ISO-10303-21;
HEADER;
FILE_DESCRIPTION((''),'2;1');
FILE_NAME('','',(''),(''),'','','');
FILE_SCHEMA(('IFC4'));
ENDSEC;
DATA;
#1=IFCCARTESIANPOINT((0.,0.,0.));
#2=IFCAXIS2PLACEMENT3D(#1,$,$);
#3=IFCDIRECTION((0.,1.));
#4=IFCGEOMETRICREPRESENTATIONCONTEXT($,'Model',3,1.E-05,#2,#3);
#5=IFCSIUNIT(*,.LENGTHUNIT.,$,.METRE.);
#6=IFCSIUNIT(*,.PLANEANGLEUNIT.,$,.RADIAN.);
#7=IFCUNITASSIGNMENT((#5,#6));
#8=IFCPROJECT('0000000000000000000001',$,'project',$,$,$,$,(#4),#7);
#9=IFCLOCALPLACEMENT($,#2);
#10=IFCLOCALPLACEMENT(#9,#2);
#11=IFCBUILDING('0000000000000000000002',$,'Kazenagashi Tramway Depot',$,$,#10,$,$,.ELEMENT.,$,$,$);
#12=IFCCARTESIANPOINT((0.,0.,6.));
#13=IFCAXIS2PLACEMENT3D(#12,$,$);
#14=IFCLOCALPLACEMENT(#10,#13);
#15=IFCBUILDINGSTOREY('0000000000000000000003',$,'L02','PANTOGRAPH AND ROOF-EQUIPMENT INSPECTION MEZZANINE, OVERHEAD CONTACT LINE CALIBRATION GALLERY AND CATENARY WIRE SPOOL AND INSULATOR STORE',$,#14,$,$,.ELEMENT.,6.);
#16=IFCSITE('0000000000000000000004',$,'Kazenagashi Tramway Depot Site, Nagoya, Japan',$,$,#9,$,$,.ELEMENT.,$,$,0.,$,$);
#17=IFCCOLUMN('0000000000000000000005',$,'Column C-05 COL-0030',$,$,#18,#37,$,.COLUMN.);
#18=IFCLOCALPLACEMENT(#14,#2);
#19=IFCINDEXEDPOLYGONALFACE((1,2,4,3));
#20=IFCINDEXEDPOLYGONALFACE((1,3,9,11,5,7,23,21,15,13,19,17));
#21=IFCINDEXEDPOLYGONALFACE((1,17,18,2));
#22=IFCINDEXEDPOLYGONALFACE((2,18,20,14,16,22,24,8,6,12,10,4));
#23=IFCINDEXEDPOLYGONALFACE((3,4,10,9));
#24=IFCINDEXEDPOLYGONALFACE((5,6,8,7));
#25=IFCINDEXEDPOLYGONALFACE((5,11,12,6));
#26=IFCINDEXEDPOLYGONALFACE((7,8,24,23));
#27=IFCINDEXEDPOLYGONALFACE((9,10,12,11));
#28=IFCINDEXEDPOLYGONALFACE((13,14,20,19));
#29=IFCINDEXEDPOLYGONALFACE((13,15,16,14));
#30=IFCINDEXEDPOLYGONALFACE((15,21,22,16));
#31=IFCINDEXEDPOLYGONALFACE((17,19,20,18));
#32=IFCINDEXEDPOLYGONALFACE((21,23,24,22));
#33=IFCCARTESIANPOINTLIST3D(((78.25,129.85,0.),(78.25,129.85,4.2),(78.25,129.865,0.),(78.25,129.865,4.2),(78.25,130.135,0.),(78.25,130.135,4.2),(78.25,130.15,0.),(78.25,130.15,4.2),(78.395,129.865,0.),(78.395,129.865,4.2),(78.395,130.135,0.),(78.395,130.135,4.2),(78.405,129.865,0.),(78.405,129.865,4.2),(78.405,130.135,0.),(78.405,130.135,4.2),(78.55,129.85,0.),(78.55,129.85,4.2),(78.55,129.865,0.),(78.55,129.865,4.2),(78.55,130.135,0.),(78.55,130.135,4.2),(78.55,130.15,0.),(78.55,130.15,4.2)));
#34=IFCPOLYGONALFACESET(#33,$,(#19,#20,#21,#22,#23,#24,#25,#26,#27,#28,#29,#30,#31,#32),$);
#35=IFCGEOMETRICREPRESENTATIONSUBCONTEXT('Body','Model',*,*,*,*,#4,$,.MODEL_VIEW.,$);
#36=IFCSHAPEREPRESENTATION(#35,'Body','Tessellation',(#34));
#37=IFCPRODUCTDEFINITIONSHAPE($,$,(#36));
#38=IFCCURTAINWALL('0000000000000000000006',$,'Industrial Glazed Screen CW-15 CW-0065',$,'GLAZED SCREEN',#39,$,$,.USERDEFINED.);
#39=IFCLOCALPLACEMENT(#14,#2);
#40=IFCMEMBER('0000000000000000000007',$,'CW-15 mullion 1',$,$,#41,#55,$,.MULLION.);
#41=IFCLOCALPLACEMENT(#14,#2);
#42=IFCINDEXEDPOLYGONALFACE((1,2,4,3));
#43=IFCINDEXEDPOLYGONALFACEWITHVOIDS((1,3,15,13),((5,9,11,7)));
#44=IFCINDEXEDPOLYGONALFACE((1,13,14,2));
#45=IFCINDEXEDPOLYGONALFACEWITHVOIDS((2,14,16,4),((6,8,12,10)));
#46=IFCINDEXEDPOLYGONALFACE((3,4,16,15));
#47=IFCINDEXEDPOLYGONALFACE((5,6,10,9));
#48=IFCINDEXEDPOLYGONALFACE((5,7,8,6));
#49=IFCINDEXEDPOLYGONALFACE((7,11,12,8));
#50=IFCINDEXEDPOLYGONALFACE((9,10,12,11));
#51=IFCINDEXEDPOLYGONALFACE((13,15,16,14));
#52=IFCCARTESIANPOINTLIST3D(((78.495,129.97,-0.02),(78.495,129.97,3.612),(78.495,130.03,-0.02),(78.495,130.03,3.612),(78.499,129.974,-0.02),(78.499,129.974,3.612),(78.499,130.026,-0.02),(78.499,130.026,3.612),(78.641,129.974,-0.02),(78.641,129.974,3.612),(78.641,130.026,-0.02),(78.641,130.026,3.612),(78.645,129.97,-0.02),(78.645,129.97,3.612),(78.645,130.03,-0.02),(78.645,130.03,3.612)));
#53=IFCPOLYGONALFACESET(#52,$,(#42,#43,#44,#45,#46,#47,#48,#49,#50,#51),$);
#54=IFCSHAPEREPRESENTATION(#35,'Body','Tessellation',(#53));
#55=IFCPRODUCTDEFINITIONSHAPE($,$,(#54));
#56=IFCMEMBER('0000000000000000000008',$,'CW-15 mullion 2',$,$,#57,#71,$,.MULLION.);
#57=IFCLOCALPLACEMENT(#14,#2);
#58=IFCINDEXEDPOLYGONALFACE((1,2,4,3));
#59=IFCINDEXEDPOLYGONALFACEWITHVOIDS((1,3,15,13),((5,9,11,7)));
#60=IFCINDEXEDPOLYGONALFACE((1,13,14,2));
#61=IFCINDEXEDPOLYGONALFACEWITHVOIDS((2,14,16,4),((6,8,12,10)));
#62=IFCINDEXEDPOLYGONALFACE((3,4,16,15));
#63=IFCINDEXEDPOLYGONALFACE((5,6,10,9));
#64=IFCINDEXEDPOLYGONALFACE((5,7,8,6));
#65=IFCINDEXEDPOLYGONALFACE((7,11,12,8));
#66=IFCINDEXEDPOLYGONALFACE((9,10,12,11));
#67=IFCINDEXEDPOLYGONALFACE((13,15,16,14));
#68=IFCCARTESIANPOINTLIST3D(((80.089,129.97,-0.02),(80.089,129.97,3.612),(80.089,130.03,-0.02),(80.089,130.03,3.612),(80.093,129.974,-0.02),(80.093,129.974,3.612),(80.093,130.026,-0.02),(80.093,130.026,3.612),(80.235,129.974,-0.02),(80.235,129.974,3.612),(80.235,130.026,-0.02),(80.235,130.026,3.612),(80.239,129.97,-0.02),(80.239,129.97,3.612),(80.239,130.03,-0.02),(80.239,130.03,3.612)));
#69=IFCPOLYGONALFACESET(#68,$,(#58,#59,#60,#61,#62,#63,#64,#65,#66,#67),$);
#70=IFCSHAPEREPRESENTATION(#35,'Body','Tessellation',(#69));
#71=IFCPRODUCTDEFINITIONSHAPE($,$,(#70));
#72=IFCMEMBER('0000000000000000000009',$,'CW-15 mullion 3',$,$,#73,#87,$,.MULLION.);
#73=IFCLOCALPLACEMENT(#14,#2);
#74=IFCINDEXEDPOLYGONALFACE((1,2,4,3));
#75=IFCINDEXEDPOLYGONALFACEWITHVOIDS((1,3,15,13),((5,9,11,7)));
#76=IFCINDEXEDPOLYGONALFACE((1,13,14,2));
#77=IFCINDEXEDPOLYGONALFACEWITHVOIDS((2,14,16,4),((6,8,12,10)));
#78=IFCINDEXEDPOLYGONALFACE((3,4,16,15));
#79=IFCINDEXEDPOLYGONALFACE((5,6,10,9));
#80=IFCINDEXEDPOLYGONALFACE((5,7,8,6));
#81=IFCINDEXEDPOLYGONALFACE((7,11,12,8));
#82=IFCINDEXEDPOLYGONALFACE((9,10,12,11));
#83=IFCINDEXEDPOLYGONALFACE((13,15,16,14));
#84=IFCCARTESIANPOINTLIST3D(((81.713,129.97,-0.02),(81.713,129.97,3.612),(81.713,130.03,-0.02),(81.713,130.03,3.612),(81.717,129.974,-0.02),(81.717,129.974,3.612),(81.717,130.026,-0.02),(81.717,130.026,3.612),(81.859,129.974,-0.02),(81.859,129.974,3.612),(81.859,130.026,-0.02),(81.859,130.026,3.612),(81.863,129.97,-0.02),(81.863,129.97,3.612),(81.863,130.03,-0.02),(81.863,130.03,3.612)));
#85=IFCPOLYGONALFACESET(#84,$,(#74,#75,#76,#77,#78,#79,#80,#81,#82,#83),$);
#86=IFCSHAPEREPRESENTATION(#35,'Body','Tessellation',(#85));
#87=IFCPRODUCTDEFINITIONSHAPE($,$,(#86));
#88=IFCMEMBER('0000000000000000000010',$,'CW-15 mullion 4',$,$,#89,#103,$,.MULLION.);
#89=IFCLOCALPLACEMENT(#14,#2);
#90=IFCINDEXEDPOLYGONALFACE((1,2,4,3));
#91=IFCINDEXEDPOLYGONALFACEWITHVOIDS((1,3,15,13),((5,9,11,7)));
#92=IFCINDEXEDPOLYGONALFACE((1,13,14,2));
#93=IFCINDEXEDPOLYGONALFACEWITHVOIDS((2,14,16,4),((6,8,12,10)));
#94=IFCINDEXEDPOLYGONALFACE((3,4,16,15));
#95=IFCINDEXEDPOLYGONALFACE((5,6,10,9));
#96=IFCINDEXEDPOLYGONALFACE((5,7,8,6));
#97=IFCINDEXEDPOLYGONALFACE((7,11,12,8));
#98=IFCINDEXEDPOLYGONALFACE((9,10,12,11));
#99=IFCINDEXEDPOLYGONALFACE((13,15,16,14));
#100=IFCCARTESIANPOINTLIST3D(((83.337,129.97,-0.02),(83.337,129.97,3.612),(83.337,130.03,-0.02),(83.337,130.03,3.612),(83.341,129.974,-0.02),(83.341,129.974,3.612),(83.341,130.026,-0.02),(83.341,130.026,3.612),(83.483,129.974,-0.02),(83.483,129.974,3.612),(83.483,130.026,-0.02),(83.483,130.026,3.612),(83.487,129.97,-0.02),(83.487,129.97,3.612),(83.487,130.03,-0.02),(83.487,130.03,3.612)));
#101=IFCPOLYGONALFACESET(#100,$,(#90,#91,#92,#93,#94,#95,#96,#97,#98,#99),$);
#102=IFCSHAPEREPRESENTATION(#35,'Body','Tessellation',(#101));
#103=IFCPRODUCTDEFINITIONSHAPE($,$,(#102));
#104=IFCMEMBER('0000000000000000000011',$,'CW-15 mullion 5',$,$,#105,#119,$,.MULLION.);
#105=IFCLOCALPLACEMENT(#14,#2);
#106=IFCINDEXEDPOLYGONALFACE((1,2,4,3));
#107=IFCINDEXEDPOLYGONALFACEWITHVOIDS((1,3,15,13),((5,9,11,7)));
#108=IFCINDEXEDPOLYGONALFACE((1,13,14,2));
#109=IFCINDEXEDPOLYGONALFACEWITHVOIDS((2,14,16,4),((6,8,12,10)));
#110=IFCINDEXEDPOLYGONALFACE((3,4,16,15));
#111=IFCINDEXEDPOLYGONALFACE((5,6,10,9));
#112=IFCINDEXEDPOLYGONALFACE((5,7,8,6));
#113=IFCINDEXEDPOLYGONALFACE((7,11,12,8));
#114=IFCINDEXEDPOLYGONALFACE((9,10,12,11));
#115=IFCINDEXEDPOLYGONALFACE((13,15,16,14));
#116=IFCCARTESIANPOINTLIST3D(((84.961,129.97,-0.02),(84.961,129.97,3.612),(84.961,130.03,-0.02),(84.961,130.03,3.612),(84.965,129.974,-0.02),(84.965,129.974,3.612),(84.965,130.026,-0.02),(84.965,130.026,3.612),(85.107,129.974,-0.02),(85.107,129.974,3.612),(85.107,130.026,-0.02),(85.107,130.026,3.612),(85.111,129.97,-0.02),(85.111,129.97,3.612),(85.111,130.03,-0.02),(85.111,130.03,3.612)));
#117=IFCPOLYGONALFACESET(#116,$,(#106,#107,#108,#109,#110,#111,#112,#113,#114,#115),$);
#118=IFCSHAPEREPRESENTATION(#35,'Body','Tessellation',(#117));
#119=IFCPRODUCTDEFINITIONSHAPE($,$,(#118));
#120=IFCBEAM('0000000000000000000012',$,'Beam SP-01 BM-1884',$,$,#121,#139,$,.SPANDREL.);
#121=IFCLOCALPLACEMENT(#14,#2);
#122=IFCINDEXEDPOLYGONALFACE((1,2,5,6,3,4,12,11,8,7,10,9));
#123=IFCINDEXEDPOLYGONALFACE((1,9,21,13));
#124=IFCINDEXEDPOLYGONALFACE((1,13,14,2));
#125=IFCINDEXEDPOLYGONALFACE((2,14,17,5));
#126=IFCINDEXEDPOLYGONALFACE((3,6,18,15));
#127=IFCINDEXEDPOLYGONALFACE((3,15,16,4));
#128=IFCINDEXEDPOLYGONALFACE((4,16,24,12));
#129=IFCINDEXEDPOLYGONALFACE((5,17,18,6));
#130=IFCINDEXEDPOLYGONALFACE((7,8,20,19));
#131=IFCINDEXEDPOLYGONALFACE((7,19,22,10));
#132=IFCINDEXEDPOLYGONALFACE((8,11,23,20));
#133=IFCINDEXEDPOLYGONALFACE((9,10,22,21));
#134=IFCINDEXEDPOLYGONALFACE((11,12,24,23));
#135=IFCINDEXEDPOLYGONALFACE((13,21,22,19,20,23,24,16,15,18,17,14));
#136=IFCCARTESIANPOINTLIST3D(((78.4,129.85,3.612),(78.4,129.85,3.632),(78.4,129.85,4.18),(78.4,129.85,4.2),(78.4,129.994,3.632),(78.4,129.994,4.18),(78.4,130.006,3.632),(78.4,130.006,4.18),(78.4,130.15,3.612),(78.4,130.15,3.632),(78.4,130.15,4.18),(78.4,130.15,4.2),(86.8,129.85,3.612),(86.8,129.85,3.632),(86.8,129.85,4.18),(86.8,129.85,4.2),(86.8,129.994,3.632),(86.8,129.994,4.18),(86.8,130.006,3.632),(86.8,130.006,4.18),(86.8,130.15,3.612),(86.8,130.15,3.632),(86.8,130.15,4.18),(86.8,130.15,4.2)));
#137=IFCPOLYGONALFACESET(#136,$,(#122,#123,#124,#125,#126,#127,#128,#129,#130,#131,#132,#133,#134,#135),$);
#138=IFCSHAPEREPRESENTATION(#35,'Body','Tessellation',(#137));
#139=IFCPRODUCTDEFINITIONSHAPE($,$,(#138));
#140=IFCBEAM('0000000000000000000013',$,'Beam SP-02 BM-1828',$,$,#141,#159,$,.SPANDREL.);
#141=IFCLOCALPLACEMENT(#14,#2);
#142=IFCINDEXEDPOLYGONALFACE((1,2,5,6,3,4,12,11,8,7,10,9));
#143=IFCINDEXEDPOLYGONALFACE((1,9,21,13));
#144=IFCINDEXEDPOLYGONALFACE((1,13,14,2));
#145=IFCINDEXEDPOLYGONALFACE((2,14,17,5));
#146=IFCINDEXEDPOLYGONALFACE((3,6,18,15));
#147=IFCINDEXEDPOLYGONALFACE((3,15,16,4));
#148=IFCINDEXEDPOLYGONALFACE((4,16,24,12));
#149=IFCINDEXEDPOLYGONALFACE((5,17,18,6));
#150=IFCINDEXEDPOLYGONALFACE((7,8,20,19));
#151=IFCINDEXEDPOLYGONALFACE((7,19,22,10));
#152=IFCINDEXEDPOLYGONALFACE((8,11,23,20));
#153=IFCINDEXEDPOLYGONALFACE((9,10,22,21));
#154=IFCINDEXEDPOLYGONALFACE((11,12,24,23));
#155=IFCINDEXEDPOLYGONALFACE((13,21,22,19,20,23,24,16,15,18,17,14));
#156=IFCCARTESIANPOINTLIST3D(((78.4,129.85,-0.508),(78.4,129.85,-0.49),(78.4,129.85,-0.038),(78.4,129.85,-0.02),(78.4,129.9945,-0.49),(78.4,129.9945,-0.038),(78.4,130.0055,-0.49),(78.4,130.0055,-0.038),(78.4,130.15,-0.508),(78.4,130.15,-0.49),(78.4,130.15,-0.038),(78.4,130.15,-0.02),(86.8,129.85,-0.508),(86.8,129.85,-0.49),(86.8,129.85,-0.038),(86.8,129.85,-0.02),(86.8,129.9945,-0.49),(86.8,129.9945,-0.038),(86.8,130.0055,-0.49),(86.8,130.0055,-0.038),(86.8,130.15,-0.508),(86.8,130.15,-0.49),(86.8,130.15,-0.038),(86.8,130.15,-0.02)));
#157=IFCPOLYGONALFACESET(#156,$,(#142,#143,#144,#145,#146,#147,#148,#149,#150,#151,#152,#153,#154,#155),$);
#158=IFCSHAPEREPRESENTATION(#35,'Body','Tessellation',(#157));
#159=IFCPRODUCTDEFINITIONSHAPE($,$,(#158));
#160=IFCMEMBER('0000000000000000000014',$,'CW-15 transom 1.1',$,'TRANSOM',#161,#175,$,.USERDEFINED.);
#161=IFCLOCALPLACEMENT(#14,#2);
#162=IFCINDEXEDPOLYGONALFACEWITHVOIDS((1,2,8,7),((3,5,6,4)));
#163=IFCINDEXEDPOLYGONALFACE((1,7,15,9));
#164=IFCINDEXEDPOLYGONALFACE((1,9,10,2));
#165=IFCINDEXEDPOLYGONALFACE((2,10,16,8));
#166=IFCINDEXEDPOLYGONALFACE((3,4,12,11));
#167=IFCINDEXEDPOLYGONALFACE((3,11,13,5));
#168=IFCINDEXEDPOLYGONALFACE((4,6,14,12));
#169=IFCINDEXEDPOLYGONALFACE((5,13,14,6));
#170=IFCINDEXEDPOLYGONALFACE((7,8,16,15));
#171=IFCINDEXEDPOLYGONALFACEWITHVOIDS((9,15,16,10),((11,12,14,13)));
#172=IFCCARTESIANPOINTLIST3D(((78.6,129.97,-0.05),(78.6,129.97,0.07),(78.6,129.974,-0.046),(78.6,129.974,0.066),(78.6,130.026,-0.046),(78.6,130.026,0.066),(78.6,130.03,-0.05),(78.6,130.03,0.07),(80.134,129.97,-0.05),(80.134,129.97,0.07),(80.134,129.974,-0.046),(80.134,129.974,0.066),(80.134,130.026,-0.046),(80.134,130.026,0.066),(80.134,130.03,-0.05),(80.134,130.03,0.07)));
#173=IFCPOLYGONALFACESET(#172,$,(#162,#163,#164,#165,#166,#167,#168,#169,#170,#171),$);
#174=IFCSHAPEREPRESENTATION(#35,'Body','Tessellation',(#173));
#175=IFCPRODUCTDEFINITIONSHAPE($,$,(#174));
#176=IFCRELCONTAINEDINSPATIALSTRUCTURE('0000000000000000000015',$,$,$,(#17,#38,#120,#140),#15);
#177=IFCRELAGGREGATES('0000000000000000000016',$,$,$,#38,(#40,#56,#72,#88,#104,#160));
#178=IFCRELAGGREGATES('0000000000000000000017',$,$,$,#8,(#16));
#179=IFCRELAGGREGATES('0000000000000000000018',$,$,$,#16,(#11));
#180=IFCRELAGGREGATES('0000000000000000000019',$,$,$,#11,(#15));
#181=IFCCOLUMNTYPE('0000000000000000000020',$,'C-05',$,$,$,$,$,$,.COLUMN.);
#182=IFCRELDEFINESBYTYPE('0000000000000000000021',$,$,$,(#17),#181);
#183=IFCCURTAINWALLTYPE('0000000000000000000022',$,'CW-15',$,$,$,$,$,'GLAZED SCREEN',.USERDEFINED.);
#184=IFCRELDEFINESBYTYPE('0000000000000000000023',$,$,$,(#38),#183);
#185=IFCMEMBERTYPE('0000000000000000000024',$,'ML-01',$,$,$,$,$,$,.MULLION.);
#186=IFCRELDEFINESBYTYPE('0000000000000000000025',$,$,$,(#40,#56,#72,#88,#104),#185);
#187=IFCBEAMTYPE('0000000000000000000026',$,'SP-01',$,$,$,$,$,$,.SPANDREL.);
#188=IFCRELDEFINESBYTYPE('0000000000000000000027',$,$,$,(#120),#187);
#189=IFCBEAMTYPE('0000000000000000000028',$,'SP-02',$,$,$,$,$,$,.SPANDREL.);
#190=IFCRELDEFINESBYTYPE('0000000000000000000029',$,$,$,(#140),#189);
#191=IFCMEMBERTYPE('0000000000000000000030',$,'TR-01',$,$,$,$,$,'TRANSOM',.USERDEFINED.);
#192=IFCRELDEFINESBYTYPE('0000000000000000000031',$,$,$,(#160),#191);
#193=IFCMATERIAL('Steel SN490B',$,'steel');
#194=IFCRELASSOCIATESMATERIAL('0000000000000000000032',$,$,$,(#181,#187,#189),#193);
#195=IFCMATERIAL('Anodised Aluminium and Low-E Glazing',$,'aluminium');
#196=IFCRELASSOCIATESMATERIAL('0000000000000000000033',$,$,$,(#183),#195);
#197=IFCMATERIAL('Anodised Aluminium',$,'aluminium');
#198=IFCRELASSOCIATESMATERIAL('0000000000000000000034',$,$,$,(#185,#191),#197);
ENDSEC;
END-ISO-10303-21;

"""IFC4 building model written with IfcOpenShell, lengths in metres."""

from ifc_helpers import new_model, si_unit, direction, frame, origin, origin_2d, place, context, subcontext, project, spatial, hollow_rectangle, i_section, extrude, material, material_profile, profile_set, type_object, element, aggregate, save


model = new_model("IFC4")

# Units and contexts
model_context = context("Model", 3, precision=1e-05, world=origin(), true_north=direction((0.0, 1.0)))
body_context = subcontext(model_context, "Body", "Model", "MODEL_VIEW")
ifc_project = project(units=[si_unit("LENGTHUNIT", "METRE"), si_unit("PLANEANGLEUNIT", "RADIAN")], contexts=[model_context])

# Site, building, storey
site_placement = place(None, origin())
site = spatial("IfcSite", under=ifc_project, at=site_placement, Name="Kazenagashi Tramway Depot Site, Nagoya, Japan", CompositionType="ELEMENT", RefElevation=0.0)
building_placement = place(site_placement, origin())
building = spatial("IfcBuilding", under=site, at=building_placement, Name="Kazenagashi Tramway Depot", CompositionType="ELEMENT")
storey_placement = place(building_placement, frame((0.0, 0.0, 6.0)))
storey = spatial("IfcBuildingStorey", under=building, at=storey_placement, Name="L02", Description="PANTOGRAPH AND ROOF-EQUIPMENT INSPECTION MEZZANINE, OVERHEAD CONTACT LINE CALIBRATION GALLERY AND CATENARY WIRE SPOOL AND INSULATOR STORE", CompositionType="ELEMENT", Elevation=6.0)

# Column
ifc_material_1 = material(Name="Steel SN490B", Category="steel")
ifc_material_profile_1 = material_profile(ifc_material_1, i_section(OverallWidth=0.3, OverallDepth=0.3, WebThickness=0.01, FlangeThickness=0.015, at=origin_2d()), Name="H-300x300x10x15")
ifc_profile_set_1 = profile_set([ifc_material_profile_1], Name="Steel SN490B")
column_type = type_object("IfcColumnType", Name="C-05", PredefinedType="COLUMN", material=ifc_profile_set_1)
column_placement = place(storey_placement, frame((78.4, 130.0, 0.0), z_axis=(0.0, 0.0, 1.0), x_axis=(1.0, 0.0, 0.0)))
element("IfcColumn", 1, at=column_placement, inside=storey, type_object=column_type, Name="Column C-05 COL-0030", PredefinedType="COLUMN", context=body_context, shape_type="SweptSolid", body=[
    extrude(i_section(OverallWidth=0.3, OverallDepth=0.3, WebThickness=0.01, FlangeThickness=0.015, at=origin_2d()), origin(), (0.0, 0.0, 1.0), 4.2),
])

# Curtain wall, members
ifc_material_2 = material(Name="Anodised Aluminium and Low-E Glazing", Category="aluminium")
curtain_wall_type = type_object("IfcCurtainWallType", Name="CW-15", ElementType="GLAZED SCREEN", PredefinedType="USERDEFINED", material=ifc_material_2)
curtain_wall_placement = place(storey_placement, origin())
curtain_wall = element("IfcCurtainWall", 2, at=curtain_wall_placement, inside=storey, type_object=curtain_wall_type, Name="Industrial Glazed Screen CW-15 CW-0065", ObjectType="GLAZED SCREEN", PredefinedType="USERDEFINED")
ifc_material_3 = material(Name="Anodised Aluminium", Category="aluminium")
ifc_material_profile_2 = material_profile(ifc_material_3, hollow_rectangle(XDim=0.06, YDim=0.15, WallThickness=0.004, at=origin_2d()), Name="RHS-150x60x4")
ifc_profile_set_2 = profile_set([ifc_material_profile_2], Name="Anodised Aluminium")
member_type_1 = type_object("IfcMemberType", Name="ML-01", PredefinedType="MULLION", material=ifc_profile_set_2)
member_1_placement = place(storey_placement, frame((78.57, 130.0, -0.02), z_axis=(0.0, 0.0, 1.0), x_axis=(0.0, 1.0, 0.0)))
member_1 = element("IfcMember", 3, at=member_1_placement, type_object=member_type_1, Name="CW-15 mullion 1", PredefinedType="MULLION", context=body_context, shape_type="SweptSolid", body=[
    extrude(hollow_rectangle(XDim=0.06, YDim=0.15, WallThickness=0.004, at=origin_2d()), origin(), (0.0, 0.0, 1.0), 3.632),
])
member_2_placement = place(storey_placement, frame((80.164, 130.0, -0.02), z_axis=(0.0, 0.0, 1.0), x_axis=(0.0, 1.0, 0.0)))
member_2 = element("IfcMember", 4, at=member_2_placement, type_object=member_type_1, Name="CW-15 mullion 2", PredefinedType="MULLION", context=body_context, shape_type="SweptSolid", body=[
    extrude(hollow_rectangle(XDim=0.06, YDim=0.15, WallThickness=0.004, at=origin_2d()), origin(), (0.0, 0.0, 1.0), 3.632),
])
member_3_placement = place(storey_placement, frame((81.788, 130.0, -0.02), z_axis=(0.0, 0.0, 1.0), x_axis=(0.0, 1.0, 0.0)))
member_3 = element("IfcMember", 5, at=member_3_placement, type_object=member_type_1, Name="CW-15 mullion 3", PredefinedType="MULLION", context=body_context, shape_type="SweptSolid", body=[
    extrude(hollow_rectangle(XDim=0.06, YDim=0.15, WallThickness=0.004, at=origin_2d()), origin(), (0.0, 0.0, 1.0), 3.632),
])
member_4_placement = place(storey_placement, frame((83.412, 130.0, -0.02), z_axis=(0.0, 0.0, 1.0), x_axis=(0.0, 1.0, 0.0)))
member_4 = element("IfcMember", 6, at=member_4_placement, type_object=member_type_1, Name="CW-15 mullion 4", PredefinedType="MULLION", context=body_context, shape_type="SweptSolid", body=[
    extrude(hollow_rectangle(XDim=0.06, YDim=0.15, WallThickness=0.004, at=origin_2d()), origin(), (0.0, 0.0, 1.0), 3.632),
])
member_5_placement = place(storey_placement, frame((85.036, 130.0, -0.02), z_axis=(0.0, 0.0, 1.0), x_axis=(0.0, 1.0, 0.0)))
member_5 = element("IfcMember", 7, at=member_5_placement, type_object=member_type_1, Name="CW-15 mullion 5", PredefinedType="MULLION", context=body_context, shape_type="SweptSolid", body=[
    extrude(hollow_rectangle(XDim=0.06, YDim=0.15, WallThickness=0.004, at=origin_2d()), origin(), (0.0, 0.0, 1.0), 3.632),
])

# Beams
ifc_material_profile_3 = material_profile(ifc_material_1, i_section(OverallWidth=0.3, OverallDepth=0.588, WebThickness=0.012, FlangeThickness=0.02, at=origin_2d()), Name="H-588x300x12x20")
ifc_profile_set_3 = profile_set([ifc_material_profile_3], Name="Steel SN490B")
beam_type_1 = type_object("IfcBeamType", Name="SP-01", PredefinedType="SPANDREL", material=ifc_profile_set_3)
beam_1_placement = place(storey_placement, frame((78.4, 130.0, 3.906), z_axis=(1.0, 0.0, 0.0), x_axis=(0.0, 1.0, 0.0)))
element("IfcBeam", 8, at=beam_1_placement, inside=storey, type_object=beam_type_1, Name="Beam SP-01 BM-1884", PredefinedType="SPANDREL", context=body_context, shape_type="SweptSolid", body=[
    extrude(i_section(OverallWidth=0.3, OverallDepth=0.588, WebThickness=0.012, FlangeThickness=0.02, at=origin_2d()), origin(), (0.0, 0.0, 1.0), 8.4),
])
ifc_material_profile_4 = material_profile(ifc_material_1, i_section(OverallWidth=0.3, OverallDepth=0.488, WebThickness=0.011, FlangeThickness=0.018, at=origin_2d()), Name="H-488x300x11x18")
ifc_profile_set_4 = profile_set([ifc_material_profile_4], Name="Steel SN490B")
beam_type_2 = type_object("IfcBeamType", Name="SP-02", PredefinedType="SPANDREL", material=ifc_profile_set_4)
beam_2_placement = place(storey_placement, frame((78.4, 130.0, -0.264), z_axis=(1.0, 0.0, 0.0), x_axis=(0.0, 1.0, 0.0)))
element("IfcBeam", 9, at=beam_2_placement, inside=storey, type_object=beam_type_2, Name="Beam SP-02 BM-1828", PredefinedType="SPANDREL", context=body_context, shape_type="SweptSolid", body=[
    extrude(i_section(OverallWidth=0.3, OverallDepth=0.488, WebThickness=0.011, FlangeThickness=0.018, at=origin_2d()), origin(), (0.0, 0.0, 1.0), 8.4),
])

# Member
ifc_material_profile_5 = material_profile(ifc_material_3, hollow_rectangle(XDim=0.06, YDim=0.12, WallThickness=0.004, at=origin_2d()), Name="RHS-120x60x4")
ifc_profile_set_5 = profile_set([ifc_material_profile_5], Name="Anodised Aluminium")
member_type_2 = type_object("IfcMemberType", Name="TR-01", ElementType="TRANSOM", PredefinedType="USERDEFINED", material=ifc_profile_set_5)
member_6_placement = place(storey_placement, frame((78.6, 130.0, 0.01), z_axis=(1.0, 0.0, 0.0), x_axis=(0.0, 1.0, 0.0)))
member_6 = element("IfcMember", 10, at=member_6_placement, type_object=member_type_2, Name="CW-15 transom 1.1", ObjectType="TRANSOM", PredefinedType="USERDEFINED", context=body_context, shape_type="SweptSolid", body=[
    extrude(hollow_rectangle(XDim=0.06, YDim=0.12, WallThickness=0.004, at=origin_2d()), origin(), (0.0, 0.0, 1.0), 1.534),
])

aggregate(curtain_wall, [member_1, member_2, member_3, member_4, member_5, member_6])

save(model, "model.ifc")
